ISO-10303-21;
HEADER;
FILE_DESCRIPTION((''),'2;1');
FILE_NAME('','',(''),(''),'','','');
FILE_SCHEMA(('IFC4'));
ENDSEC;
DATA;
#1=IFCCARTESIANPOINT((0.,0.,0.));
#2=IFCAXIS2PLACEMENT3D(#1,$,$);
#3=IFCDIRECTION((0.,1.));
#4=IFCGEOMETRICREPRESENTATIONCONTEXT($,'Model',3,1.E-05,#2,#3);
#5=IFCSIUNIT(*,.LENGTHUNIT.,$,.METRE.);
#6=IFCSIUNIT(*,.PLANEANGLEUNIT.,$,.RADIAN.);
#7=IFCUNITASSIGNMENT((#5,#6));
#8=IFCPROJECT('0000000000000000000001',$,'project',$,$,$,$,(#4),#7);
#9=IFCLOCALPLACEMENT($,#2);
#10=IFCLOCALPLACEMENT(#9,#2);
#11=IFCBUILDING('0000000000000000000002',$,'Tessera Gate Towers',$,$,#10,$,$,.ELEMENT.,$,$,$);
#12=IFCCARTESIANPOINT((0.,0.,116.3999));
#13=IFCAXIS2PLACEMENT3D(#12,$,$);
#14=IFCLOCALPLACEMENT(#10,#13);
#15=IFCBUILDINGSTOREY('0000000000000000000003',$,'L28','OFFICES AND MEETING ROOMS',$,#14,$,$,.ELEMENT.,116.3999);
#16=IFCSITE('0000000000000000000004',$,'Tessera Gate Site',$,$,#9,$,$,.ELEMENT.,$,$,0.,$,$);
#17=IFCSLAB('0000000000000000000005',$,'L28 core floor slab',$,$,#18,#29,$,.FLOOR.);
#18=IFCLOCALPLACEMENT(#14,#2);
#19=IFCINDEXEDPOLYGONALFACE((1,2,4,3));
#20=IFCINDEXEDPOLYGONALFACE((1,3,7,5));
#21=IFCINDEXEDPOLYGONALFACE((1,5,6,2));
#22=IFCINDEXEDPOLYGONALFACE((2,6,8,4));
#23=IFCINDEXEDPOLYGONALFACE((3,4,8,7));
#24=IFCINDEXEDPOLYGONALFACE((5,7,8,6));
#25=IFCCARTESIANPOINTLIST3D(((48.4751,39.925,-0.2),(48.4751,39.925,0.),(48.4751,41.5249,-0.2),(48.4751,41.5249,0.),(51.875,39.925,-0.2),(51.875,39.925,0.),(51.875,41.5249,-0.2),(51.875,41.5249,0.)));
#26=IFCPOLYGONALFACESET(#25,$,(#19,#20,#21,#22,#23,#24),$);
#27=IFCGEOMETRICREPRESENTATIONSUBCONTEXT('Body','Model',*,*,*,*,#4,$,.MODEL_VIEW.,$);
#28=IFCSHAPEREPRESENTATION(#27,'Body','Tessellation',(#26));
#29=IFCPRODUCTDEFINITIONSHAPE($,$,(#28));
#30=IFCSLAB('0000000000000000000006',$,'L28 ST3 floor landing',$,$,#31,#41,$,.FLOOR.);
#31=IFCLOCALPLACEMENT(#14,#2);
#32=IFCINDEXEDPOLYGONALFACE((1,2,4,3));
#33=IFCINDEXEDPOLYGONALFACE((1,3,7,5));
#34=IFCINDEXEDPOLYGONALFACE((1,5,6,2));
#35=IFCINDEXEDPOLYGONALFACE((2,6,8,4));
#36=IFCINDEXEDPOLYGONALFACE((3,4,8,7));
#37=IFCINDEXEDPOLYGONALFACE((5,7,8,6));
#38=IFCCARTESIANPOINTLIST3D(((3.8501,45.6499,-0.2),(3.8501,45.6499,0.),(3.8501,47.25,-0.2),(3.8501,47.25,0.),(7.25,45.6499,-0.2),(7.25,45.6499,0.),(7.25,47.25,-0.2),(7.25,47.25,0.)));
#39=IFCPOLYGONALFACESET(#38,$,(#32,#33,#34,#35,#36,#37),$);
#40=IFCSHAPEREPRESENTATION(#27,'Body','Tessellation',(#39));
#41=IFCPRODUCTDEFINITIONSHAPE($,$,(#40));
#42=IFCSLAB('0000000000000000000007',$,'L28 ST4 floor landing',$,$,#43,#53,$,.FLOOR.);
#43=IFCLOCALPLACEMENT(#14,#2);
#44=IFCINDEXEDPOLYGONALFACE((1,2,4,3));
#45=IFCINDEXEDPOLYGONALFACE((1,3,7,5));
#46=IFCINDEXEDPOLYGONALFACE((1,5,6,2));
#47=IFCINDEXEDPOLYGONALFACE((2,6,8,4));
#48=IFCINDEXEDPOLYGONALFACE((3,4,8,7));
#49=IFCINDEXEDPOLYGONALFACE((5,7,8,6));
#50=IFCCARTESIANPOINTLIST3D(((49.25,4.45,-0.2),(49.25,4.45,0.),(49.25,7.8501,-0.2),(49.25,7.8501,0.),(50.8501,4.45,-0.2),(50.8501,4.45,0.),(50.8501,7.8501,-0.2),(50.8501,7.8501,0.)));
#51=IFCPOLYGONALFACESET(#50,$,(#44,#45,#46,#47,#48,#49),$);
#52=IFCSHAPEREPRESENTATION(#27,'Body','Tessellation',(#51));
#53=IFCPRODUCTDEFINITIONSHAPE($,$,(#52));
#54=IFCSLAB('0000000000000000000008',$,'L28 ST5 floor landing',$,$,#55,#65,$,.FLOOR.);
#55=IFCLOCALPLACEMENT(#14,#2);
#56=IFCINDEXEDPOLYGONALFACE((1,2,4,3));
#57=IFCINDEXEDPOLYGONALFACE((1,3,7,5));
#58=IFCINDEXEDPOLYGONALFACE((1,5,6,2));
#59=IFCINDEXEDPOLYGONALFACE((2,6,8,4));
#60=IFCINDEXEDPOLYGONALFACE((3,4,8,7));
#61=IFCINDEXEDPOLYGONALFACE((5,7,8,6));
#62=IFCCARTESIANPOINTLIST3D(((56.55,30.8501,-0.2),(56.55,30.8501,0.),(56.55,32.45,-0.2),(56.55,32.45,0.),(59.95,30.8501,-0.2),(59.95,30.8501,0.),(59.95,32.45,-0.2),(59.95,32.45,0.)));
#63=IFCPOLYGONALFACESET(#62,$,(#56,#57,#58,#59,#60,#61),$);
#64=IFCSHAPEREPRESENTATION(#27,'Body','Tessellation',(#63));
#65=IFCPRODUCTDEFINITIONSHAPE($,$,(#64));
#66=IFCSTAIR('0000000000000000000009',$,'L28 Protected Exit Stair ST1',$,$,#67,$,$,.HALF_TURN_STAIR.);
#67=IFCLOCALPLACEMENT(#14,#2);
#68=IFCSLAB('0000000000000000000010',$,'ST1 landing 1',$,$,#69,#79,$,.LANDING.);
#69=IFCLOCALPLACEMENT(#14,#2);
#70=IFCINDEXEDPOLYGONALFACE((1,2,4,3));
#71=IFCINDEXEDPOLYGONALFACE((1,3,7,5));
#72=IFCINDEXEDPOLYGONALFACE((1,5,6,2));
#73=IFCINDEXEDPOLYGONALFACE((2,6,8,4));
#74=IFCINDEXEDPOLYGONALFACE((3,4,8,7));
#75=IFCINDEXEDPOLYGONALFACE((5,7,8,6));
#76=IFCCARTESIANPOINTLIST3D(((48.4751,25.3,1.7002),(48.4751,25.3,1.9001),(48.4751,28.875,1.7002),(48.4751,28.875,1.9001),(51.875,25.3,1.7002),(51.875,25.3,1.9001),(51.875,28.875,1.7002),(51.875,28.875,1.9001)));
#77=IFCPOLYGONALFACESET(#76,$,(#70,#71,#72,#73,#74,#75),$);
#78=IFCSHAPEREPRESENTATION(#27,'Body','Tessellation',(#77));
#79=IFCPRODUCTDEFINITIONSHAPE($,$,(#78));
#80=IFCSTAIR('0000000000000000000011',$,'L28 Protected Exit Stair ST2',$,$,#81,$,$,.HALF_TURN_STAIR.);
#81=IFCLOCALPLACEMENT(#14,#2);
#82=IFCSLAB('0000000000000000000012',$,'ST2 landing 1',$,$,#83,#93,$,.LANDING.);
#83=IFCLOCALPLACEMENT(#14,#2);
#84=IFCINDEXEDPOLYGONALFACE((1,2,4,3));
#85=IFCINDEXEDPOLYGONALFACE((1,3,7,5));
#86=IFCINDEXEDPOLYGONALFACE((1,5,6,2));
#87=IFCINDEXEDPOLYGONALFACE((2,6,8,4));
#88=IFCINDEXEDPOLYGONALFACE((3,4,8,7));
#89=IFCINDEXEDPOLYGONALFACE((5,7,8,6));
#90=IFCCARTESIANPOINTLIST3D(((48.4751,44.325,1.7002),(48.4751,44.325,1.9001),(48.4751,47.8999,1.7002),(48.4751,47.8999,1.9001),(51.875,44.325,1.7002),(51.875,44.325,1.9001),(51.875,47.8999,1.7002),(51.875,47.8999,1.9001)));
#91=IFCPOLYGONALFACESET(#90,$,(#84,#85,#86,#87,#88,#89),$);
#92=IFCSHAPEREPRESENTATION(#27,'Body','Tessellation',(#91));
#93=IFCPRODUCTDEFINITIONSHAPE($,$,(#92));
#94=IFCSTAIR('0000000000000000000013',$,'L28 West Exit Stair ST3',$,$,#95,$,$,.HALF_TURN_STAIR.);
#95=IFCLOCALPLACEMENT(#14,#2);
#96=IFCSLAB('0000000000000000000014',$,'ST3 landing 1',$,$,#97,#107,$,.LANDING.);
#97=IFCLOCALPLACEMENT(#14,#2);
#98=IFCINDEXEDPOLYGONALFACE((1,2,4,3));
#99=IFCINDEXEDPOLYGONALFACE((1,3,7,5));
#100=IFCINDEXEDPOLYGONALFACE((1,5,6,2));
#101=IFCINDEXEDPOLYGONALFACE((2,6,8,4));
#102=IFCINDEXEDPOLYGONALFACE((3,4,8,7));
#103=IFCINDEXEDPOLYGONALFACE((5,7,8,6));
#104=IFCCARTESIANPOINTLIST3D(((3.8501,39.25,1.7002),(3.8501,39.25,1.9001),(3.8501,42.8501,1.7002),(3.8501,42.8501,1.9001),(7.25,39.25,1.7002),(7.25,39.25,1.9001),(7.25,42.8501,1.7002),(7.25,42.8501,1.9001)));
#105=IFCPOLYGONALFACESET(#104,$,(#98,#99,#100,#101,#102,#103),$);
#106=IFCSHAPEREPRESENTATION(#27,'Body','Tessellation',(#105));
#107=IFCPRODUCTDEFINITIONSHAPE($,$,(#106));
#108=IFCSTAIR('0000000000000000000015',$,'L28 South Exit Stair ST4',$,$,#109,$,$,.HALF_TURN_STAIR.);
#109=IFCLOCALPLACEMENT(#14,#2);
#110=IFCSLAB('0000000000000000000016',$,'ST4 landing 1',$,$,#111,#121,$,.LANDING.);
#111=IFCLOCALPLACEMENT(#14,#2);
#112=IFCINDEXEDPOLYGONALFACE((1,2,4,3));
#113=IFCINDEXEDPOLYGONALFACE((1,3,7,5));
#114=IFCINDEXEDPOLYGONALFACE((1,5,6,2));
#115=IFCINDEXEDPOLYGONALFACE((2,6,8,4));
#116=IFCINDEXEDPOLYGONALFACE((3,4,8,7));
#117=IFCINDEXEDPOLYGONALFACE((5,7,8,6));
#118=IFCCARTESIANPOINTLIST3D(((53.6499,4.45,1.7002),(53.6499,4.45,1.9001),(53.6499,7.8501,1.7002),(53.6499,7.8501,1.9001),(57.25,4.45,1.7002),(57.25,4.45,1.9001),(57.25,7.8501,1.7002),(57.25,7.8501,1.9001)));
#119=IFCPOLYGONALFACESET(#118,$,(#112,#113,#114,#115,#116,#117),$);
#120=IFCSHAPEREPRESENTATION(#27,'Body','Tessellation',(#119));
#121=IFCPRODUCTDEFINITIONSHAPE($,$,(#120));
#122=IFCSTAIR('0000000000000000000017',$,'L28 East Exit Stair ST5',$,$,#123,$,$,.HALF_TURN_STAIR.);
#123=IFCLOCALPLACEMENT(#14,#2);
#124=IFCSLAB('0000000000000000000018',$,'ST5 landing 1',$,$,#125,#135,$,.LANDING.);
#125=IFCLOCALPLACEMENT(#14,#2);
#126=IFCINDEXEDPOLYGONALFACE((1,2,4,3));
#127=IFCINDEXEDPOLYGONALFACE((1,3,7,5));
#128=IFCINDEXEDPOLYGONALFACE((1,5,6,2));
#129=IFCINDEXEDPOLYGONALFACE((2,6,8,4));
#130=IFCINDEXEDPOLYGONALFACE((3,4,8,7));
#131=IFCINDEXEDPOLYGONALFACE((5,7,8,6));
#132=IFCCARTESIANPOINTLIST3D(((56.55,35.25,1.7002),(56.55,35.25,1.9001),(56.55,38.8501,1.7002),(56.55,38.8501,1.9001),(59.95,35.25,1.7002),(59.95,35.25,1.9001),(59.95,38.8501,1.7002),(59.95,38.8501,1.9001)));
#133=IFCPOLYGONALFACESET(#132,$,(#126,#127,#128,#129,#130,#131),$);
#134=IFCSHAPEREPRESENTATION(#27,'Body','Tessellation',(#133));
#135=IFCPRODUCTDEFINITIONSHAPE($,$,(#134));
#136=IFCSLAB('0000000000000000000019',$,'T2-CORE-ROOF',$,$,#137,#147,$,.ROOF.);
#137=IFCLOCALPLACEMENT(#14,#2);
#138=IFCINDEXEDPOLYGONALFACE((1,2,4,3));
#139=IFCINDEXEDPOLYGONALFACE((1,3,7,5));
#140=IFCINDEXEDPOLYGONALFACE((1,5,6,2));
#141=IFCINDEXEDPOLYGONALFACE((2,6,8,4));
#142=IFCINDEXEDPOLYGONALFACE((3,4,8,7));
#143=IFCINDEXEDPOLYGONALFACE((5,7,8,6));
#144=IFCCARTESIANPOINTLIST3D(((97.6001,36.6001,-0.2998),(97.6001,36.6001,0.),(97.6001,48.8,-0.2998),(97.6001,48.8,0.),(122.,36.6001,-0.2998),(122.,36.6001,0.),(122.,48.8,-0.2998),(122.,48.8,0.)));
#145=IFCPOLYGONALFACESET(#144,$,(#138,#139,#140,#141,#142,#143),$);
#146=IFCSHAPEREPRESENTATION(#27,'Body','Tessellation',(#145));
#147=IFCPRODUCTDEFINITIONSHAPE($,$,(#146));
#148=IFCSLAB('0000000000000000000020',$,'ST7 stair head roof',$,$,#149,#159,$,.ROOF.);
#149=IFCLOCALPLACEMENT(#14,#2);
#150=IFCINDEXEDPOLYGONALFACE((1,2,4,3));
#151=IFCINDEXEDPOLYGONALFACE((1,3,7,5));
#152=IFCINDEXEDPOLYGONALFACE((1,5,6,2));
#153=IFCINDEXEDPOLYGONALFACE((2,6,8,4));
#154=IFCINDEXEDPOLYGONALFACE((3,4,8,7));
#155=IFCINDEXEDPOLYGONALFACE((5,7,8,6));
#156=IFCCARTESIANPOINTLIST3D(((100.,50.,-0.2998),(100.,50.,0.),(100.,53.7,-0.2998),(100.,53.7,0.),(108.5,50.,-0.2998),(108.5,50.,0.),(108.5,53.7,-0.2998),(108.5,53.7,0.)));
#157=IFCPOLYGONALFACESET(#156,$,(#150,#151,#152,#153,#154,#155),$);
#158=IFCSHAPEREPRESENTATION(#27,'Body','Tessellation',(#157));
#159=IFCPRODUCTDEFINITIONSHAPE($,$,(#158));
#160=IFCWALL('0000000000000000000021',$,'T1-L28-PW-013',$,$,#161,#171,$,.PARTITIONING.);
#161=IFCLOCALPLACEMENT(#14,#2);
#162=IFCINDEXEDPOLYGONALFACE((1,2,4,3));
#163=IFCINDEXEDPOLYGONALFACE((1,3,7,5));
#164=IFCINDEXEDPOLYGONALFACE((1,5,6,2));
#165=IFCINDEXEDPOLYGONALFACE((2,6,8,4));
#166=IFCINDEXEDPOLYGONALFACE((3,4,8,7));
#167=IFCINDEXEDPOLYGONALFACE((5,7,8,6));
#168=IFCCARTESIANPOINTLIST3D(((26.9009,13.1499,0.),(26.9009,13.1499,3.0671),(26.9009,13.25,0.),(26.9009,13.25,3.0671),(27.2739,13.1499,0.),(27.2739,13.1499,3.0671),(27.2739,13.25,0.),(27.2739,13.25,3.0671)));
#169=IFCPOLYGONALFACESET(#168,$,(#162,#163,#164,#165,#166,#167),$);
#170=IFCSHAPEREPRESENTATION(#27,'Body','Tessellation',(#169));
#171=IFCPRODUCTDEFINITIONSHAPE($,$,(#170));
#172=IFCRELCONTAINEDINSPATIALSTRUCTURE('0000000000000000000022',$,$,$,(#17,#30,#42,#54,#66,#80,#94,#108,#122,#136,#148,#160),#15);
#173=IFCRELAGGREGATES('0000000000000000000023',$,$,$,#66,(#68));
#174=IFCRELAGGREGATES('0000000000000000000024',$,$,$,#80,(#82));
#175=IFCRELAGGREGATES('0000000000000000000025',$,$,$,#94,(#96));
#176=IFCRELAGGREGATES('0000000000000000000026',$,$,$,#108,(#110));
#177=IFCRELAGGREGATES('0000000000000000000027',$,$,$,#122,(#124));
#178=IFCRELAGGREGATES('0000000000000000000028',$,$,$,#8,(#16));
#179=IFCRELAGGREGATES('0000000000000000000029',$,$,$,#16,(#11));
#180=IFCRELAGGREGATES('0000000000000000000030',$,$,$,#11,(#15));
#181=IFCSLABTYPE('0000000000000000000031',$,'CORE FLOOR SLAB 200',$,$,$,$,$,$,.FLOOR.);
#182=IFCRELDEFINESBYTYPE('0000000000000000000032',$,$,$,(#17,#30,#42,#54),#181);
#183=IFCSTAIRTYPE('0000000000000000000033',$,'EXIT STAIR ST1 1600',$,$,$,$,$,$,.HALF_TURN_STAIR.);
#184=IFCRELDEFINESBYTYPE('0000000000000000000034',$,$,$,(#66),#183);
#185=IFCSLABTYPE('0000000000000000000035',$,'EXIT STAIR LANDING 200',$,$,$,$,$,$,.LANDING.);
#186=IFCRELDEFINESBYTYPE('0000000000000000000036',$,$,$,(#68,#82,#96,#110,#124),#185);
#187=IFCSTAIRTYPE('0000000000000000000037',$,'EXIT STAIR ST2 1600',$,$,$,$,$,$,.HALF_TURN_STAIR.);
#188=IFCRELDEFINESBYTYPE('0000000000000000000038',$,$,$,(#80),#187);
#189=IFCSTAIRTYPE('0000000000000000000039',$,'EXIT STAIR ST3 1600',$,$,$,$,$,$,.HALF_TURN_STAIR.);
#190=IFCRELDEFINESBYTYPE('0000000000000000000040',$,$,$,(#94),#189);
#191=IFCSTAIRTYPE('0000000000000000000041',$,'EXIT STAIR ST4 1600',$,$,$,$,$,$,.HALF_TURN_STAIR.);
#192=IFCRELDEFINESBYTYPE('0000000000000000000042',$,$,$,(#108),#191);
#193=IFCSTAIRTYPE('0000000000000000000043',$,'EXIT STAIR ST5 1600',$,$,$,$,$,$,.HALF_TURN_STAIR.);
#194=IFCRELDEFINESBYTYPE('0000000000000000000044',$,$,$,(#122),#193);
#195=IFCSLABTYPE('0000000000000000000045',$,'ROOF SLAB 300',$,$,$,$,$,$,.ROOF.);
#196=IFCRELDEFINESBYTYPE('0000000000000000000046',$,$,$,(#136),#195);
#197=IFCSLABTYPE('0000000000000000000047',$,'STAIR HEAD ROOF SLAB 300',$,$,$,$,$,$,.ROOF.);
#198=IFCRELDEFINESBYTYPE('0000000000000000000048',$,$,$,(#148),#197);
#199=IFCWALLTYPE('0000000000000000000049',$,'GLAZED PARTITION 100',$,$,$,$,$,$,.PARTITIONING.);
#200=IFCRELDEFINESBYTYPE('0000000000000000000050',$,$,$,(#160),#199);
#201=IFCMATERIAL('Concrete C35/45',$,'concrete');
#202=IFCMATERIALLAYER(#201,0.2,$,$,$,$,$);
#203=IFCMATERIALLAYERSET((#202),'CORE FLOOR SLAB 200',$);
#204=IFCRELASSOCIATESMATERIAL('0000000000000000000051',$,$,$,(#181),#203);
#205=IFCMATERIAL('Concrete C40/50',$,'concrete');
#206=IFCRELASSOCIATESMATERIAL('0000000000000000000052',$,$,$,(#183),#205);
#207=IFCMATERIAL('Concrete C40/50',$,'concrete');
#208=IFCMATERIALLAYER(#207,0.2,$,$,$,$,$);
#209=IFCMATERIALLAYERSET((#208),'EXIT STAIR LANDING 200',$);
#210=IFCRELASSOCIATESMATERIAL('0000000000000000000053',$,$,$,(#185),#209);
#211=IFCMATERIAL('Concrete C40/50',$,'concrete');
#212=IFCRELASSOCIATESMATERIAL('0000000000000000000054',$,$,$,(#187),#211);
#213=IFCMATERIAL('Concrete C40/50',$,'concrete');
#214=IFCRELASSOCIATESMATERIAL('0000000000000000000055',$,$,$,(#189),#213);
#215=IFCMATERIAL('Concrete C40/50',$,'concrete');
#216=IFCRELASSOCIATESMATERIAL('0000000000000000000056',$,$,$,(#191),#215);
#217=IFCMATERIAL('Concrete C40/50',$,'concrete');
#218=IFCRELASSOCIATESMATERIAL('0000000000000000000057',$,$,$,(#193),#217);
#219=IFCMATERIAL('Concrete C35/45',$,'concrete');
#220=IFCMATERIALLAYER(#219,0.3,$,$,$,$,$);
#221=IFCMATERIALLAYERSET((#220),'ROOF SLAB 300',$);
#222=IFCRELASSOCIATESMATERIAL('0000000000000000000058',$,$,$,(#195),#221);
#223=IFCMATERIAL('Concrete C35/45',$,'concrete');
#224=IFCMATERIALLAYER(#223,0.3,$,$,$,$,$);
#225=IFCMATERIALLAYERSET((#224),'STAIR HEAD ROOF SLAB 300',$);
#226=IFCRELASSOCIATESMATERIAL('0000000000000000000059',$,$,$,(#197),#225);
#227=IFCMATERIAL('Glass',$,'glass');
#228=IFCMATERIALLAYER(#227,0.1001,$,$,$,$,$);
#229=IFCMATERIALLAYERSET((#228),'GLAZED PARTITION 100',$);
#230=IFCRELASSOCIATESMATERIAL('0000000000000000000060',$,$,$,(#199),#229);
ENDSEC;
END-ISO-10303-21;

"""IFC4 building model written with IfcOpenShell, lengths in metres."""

from ifc_helpers import new_model, si_unit, direction, frame, frame_2d, origin, place, context, subcontext, project, spatial, polyline, rectangle, outline, extrude, material, layer, layer_set, type_object, element, aggregate, save


model = new_model("IFC4")

# Units and contexts
model_context = context("Model", 3, precision=1e-05, world=origin(), true_north=direction((0.0, 1.0)))
body_context = subcontext(model_context, "Body", "Model", "MODEL_VIEW")
ifc_project = project(units=[si_unit("LENGTHUNIT", "METRE"), si_unit("PLANEANGLEUNIT", "RADIAN")], contexts=[model_context])

# Site, building, storey
site_placement = place(None, origin())
site = spatial("IfcSite", under=ifc_project, at=site_placement, Name="Tessera Gate Site", CompositionType="ELEMENT", RefElevation=0.0)
building_placement = place(site_placement, origin())
building = spatial("IfcBuilding", under=site, at=building_placement, Name="Tessera Gate Towers", CompositionType="ELEMENT")
storey_placement = place(building_placement, frame((0.0, 0.0, 116.3999)))
storey = spatial("IfcBuildingStorey", under=building, at=storey_placement, Name="L28", Description="OFFICES AND MEETING ROOMS", CompositionType="ELEMENT", Elevation=116.3999)

# Slabs
ifc_material_1 = material(Name="Concrete C35/45", Category="concrete")
ifc_layer_1 = layer(ifc_material_1, 0.2)
ifc_layer_set_1 = layer_set([ifc_layer_1], Name="CORE FLOOR SLAB 200")
slab_type_1 = type_object("IfcSlabType", Name="CORE FLOOR SLAB 200", PredefinedType="FLOOR", material=ifc_layer_set_1)
slab_1_placement = place(storey_placement, frame((0.0, 0.0, -0.2)))
element("IfcSlab", 1, at=slab_1_placement, inside=storey, type_object=slab_type_1, Name="L28 core floor slab", PredefinedType="FLOOR", context=body_context, shape_type="SweptSolid", body=[
    extrude(outline(polyline([(48.4751, 41.5249), (48.4751, 39.925), (51.875, 39.925), (51.875, 41.5249), (48.4751, 41.5249)])), origin(), (0.0, 0.0, 1.0), 0.2),
])
slab_2_placement = place(storey_placement, frame((0.0, 0.0, -0.2)))
element("IfcSlab", 2, at=slab_2_placement, inside=storey, type_object=slab_type_1, Name="L28 ST3 floor landing", PredefinedType="FLOOR", context=body_context, shape_type="SweptSolid", body=[
    extrude(outline(polyline([(3.8501, 47.25), (3.8501, 45.6499), (7.25, 45.6499), (7.25, 47.25), (3.8501, 47.25)])), origin(), (0.0, 0.0, 1.0), 0.2),
])
slab_3_placement = place(storey_placement, frame((0.0, 0.0, -0.2)))
element("IfcSlab", 3, at=slab_3_placement, inside=storey, type_object=slab_type_1, Name="L28 ST4 floor landing", PredefinedType="FLOOR", context=body_context, shape_type="SweptSolid", body=[
    extrude(outline(polyline([(49.25, 4.45), (50.8501, 4.45), (50.8501, 7.8501), (49.25, 7.8501), (49.25, 4.45)])), origin(), (0.0, 0.0, 1.0), 0.2),
])
slab_4_placement = place(storey_placement, frame((0.0, 0.0, -0.2)))
element("IfcSlab", 4, at=slab_4_placement, inside=storey, type_object=slab_type_1, Name="L28 ST5 floor landing", PredefinedType="FLOOR", context=body_context, shape_type="SweptSolid", body=[
    extrude(outline(polyline([(59.95, 30.8501), (59.95, 32.45), (56.55, 32.45), (56.55, 30.8501), (59.95, 30.8501)])), origin(), (0.0, 0.0, 1.0), 0.2),
])

# Stairs, slabs
ifc_material_2 = material(Name="Concrete C40/50", Category="concrete")
stair_type_1 = type_object("IfcStairType", Name="EXIT STAIR ST1 1600", PredefinedType="HALF_TURN_STAIR", material=ifc_material_2)
stair_1_placement = place(storey_placement, origin())
stair_1 = element("IfcStair", 5, at=stair_1_placement, inside=storey, type_object=stair_type_1, Name="L28 Protected Exit Stair ST1", PredefinedType="HALF_TURN_STAIR")
ifc_material_3 = material(Name="Concrete C40/50", Category="concrete")
ifc_layer_2 = layer(ifc_material_3, 0.2)
ifc_layer_set_2 = layer_set([ifc_layer_2], Name="EXIT STAIR LANDING 200")
slab_type_2 = type_object("IfcSlabType", Name="EXIT STAIR LANDING 200", PredefinedType="LANDING", material=ifc_layer_set_2)
slab_5_placement = place(storey_placement, frame((0.0, 0.0, 1.7002)))
slab_5 = element("IfcSlab", 6, at=slab_5_placement, type_object=slab_type_2, Name="ST1 landing 1", PredefinedType="LANDING", context=body_context, shape_type="SweptSolid", body=[
    extrude(outline(polyline([(48.4751, 28.875), (48.4751, 25.3), (51.875, 25.3), (51.875, 28.875), (48.4751, 28.875)])), origin(), (0.0, 0.0, 1.0), 0.2),
])
aggregate(stair_1, [slab_5])
ifc_material_4 = material(Name="Concrete C40/50", Category="concrete")
stair_type_2 = type_object("IfcStairType", Name="EXIT STAIR ST2 1600", PredefinedType="HALF_TURN_STAIR", material=ifc_material_4)
stair_2_placement = place(storey_placement, origin())
stair_2 = element("IfcStair", 7, at=stair_2_placement, inside=storey, type_object=stair_type_2, Name="L28 Protected Exit Stair ST2", PredefinedType="HALF_TURN_STAIR")
slab_6_placement = place(storey_placement, frame((0.0, 0.0, 1.7002)))
slab_6 = element("IfcSlab", 8, at=slab_6_placement, type_object=slab_type_2, Name="ST2 landing 1", PredefinedType="LANDING", context=body_context, shape_type="SweptSolid", body=[
    extrude(outline(polyline([(51.875, 44.325), (51.875, 47.8999), (48.4751, 47.8999), (48.4751, 44.325), (51.875, 44.325)])), origin(), (0.0, 0.0, 1.0), 0.2),
])
aggregate(stair_2, [slab_6])
ifc_material_5 = material(Name="Concrete C40/50", Category="concrete")
stair_type_3 = type_object("IfcStairType", Name="EXIT STAIR ST3 1600", PredefinedType="HALF_TURN_STAIR", material=ifc_material_5)
stair_3_placement = place(storey_placement, origin())
stair_3 = element("IfcStair", 9, at=stair_3_placement, inside=storey, type_object=stair_type_3, Name="L28 West Exit Stair ST3", PredefinedType="HALF_TURN_STAIR")
slab_7_placement = place(storey_placement, frame((0.0, 0.0, 1.7002)))
slab_7 = element("IfcSlab", 10, at=slab_7_placement, type_object=slab_type_2, Name="ST3 landing 1", PredefinedType="LANDING", context=body_context, shape_type="SweptSolid", body=[
    extrude(outline(polyline([(3.8501, 42.8501), (3.8501, 39.25), (7.25, 39.25), (7.25, 42.8501), (3.8501, 42.8501)])), origin(), (0.0, 0.0, 1.0), 0.2),
])
aggregate(stair_3, [slab_7])
ifc_material_6 = material(Name="Concrete C40/50", Category="concrete")
stair_type_4 = type_object("IfcStairType", Name="EXIT STAIR ST4 1600", PredefinedType="HALF_TURN_STAIR", material=ifc_material_6)
stair_4_placement = place(storey_placement, origin())
stair_4 = element("IfcStair", 11, at=stair_4_placement, inside=storey, type_object=stair_type_4, Name="L28 South Exit Stair ST4", PredefinedType="HALF_TURN_STAIR")
slab_8_placement = place(storey_placement, frame((0.0, 0.0, 1.7002)))
slab_8 = element("IfcSlab", 12, at=slab_8_placement, type_object=slab_type_2, Name="ST4 landing 1", PredefinedType="LANDING", context=body_context, shape_type="SweptSolid", body=[
    extrude(outline(polyline([(53.6499, 4.45), (57.25, 4.45), (57.25, 7.8501), (53.6499, 7.8501), (53.6499, 4.45)])), origin(), (0.0, 0.0, 1.0), 0.2),
])
aggregate(stair_4, [slab_8])
ifc_material_7 = material(Name="Concrete C40/50", Category="concrete")
stair_type_5 = type_object("IfcStairType", Name="EXIT STAIR ST5 1600", PredefinedType="HALF_TURN_STAIR", material=ifc_material_7)
stair_5_placement = place(storey_placement, origin())
stair_5 = element("IfcStair", 13, at=stair_5_placement, inside=storey, type_object=stair_type_5, Name="L28 East Exit Stair ST5", PredefinedType="HALF_TURN_STAIR")
slab_9_placement = place(storey_placement, frame((0.0, 0.0, 1.7002)))
slab_9 = element("IfcSlab", 14, at=slab_9_placement, type_object=slab_type_2, Name="ST5 landing 1", PredefinedType="LANDING", context=body_context, shape_type="SweptSolid", body=[
    extrude(outline(polyline([(59.95, 35.25), (59.95, 38.8501), (56.55, 38.8501), (56.55, 35.25), (59.95, 35.25)])), origin(), (0.0, 0.0, 1.0), 0.2),
])
aggregate(stair_5, [slab_9])

# Slabs
ifc_material_8 = material(Name="Concrete C35/45", Category="concrete")
ifc_layer_3 = layer(ifc_material_8, 0.3)
ifc_layer_set_3 = layer_set([ifc_layer_3], Name="ROOF SLAB 300")
slab_type_3 = type_object("IfcSlabType", Name="ROOF SLAB 300", PredefinedType="ROOF", material=ifc_layer_set_3)
slab_10_placement = place(storey_placement, frame((0.0, 0.0, -0.2998)))
element("IfcSlab", 15, at=slab_10_placement, inside=storey, type_object=slab_type_3, Name="T2-CORE-ROOF", PredefinedType="ROOF", context=body_context, shape_type="SweptSolid", body=[
    extrude(outline(polyline([(97.6001, 36.6001), (122.0, 36.6001), (122.0, 48.8), (97.6001, 48.8), (97.6001, 36.6001)])), origin(), (0.0, 0.0, 1.0), 0.2998),
])
ifc_material_9 = material(Name="Concrete C35/45", Category="concrete")
ifc_layer_4 = layer(ifc_material_9, 0.3)
ifc_layer_set_4 = layer_set([ifc_layer_4], Name="STAIR HEAD ROOF SLAB 300")
slab_type_4 = type_object("IfcSlabType", Name="STAIR HEAD ROOF SLAB 300", PredefinedType="ROOF", material=ifc_layer_set_4)
slab_11_placement = place(storey_placement, frame((0.0, 0.0, -0.2998)))
element("IfcSlab", 16, at=slab_11_placement, inside=storey, type_object=slab_type_4, Name="ST7 stair head roof", PredefinedType="ROOF", context=body_context, shape_type="SweptSolid", body=[
    extrude(outline(polyline([(100.0, 50.0), (108.5, 50.0), (108.5, 53.7), (100.0, 53.7), (100.0, 50.0)])), origin(), (0.0, 0.0, 1.0), 0.2998),
])

# Wall
ifc_material_10 = material(Name="Glass", Category="glass")
ifc_layer_5 = layer(ifc_material_10, 0.1001)
ifc_layer_set_5 = layer_set([ifc_layer_5], Name="GLAZED PARTITION 100")
wall_type_1 = type_object("IfcWallType", Name="GLAZED PARTITION 100", PredefinedType="PARTITIONING", material=ifc_layer_set_5)
wall_1_placement = place(storey_placement, frame((26.9009, 13.2, 0.0), z_axis=(0.0, 0.0, 1.0), x_axis=(1.0, 0.0, 0.0)))
element("IfcWall", 17, at=wall_1_placement, inside=storey, type_object=wall_type_1, Name="T1-L28-PW-013", PredefinedType="PARTITIONING", context=body_context, shape_type="SweptSolid", body=[
    extrude(rectangle(XDim=0.373, YDim=0.1001, at=frame_2d((0.1865, 0.0))), origin(), (0.0, 0.0, 1.0), 3.0671),
])

save(model, "model.ifc")
